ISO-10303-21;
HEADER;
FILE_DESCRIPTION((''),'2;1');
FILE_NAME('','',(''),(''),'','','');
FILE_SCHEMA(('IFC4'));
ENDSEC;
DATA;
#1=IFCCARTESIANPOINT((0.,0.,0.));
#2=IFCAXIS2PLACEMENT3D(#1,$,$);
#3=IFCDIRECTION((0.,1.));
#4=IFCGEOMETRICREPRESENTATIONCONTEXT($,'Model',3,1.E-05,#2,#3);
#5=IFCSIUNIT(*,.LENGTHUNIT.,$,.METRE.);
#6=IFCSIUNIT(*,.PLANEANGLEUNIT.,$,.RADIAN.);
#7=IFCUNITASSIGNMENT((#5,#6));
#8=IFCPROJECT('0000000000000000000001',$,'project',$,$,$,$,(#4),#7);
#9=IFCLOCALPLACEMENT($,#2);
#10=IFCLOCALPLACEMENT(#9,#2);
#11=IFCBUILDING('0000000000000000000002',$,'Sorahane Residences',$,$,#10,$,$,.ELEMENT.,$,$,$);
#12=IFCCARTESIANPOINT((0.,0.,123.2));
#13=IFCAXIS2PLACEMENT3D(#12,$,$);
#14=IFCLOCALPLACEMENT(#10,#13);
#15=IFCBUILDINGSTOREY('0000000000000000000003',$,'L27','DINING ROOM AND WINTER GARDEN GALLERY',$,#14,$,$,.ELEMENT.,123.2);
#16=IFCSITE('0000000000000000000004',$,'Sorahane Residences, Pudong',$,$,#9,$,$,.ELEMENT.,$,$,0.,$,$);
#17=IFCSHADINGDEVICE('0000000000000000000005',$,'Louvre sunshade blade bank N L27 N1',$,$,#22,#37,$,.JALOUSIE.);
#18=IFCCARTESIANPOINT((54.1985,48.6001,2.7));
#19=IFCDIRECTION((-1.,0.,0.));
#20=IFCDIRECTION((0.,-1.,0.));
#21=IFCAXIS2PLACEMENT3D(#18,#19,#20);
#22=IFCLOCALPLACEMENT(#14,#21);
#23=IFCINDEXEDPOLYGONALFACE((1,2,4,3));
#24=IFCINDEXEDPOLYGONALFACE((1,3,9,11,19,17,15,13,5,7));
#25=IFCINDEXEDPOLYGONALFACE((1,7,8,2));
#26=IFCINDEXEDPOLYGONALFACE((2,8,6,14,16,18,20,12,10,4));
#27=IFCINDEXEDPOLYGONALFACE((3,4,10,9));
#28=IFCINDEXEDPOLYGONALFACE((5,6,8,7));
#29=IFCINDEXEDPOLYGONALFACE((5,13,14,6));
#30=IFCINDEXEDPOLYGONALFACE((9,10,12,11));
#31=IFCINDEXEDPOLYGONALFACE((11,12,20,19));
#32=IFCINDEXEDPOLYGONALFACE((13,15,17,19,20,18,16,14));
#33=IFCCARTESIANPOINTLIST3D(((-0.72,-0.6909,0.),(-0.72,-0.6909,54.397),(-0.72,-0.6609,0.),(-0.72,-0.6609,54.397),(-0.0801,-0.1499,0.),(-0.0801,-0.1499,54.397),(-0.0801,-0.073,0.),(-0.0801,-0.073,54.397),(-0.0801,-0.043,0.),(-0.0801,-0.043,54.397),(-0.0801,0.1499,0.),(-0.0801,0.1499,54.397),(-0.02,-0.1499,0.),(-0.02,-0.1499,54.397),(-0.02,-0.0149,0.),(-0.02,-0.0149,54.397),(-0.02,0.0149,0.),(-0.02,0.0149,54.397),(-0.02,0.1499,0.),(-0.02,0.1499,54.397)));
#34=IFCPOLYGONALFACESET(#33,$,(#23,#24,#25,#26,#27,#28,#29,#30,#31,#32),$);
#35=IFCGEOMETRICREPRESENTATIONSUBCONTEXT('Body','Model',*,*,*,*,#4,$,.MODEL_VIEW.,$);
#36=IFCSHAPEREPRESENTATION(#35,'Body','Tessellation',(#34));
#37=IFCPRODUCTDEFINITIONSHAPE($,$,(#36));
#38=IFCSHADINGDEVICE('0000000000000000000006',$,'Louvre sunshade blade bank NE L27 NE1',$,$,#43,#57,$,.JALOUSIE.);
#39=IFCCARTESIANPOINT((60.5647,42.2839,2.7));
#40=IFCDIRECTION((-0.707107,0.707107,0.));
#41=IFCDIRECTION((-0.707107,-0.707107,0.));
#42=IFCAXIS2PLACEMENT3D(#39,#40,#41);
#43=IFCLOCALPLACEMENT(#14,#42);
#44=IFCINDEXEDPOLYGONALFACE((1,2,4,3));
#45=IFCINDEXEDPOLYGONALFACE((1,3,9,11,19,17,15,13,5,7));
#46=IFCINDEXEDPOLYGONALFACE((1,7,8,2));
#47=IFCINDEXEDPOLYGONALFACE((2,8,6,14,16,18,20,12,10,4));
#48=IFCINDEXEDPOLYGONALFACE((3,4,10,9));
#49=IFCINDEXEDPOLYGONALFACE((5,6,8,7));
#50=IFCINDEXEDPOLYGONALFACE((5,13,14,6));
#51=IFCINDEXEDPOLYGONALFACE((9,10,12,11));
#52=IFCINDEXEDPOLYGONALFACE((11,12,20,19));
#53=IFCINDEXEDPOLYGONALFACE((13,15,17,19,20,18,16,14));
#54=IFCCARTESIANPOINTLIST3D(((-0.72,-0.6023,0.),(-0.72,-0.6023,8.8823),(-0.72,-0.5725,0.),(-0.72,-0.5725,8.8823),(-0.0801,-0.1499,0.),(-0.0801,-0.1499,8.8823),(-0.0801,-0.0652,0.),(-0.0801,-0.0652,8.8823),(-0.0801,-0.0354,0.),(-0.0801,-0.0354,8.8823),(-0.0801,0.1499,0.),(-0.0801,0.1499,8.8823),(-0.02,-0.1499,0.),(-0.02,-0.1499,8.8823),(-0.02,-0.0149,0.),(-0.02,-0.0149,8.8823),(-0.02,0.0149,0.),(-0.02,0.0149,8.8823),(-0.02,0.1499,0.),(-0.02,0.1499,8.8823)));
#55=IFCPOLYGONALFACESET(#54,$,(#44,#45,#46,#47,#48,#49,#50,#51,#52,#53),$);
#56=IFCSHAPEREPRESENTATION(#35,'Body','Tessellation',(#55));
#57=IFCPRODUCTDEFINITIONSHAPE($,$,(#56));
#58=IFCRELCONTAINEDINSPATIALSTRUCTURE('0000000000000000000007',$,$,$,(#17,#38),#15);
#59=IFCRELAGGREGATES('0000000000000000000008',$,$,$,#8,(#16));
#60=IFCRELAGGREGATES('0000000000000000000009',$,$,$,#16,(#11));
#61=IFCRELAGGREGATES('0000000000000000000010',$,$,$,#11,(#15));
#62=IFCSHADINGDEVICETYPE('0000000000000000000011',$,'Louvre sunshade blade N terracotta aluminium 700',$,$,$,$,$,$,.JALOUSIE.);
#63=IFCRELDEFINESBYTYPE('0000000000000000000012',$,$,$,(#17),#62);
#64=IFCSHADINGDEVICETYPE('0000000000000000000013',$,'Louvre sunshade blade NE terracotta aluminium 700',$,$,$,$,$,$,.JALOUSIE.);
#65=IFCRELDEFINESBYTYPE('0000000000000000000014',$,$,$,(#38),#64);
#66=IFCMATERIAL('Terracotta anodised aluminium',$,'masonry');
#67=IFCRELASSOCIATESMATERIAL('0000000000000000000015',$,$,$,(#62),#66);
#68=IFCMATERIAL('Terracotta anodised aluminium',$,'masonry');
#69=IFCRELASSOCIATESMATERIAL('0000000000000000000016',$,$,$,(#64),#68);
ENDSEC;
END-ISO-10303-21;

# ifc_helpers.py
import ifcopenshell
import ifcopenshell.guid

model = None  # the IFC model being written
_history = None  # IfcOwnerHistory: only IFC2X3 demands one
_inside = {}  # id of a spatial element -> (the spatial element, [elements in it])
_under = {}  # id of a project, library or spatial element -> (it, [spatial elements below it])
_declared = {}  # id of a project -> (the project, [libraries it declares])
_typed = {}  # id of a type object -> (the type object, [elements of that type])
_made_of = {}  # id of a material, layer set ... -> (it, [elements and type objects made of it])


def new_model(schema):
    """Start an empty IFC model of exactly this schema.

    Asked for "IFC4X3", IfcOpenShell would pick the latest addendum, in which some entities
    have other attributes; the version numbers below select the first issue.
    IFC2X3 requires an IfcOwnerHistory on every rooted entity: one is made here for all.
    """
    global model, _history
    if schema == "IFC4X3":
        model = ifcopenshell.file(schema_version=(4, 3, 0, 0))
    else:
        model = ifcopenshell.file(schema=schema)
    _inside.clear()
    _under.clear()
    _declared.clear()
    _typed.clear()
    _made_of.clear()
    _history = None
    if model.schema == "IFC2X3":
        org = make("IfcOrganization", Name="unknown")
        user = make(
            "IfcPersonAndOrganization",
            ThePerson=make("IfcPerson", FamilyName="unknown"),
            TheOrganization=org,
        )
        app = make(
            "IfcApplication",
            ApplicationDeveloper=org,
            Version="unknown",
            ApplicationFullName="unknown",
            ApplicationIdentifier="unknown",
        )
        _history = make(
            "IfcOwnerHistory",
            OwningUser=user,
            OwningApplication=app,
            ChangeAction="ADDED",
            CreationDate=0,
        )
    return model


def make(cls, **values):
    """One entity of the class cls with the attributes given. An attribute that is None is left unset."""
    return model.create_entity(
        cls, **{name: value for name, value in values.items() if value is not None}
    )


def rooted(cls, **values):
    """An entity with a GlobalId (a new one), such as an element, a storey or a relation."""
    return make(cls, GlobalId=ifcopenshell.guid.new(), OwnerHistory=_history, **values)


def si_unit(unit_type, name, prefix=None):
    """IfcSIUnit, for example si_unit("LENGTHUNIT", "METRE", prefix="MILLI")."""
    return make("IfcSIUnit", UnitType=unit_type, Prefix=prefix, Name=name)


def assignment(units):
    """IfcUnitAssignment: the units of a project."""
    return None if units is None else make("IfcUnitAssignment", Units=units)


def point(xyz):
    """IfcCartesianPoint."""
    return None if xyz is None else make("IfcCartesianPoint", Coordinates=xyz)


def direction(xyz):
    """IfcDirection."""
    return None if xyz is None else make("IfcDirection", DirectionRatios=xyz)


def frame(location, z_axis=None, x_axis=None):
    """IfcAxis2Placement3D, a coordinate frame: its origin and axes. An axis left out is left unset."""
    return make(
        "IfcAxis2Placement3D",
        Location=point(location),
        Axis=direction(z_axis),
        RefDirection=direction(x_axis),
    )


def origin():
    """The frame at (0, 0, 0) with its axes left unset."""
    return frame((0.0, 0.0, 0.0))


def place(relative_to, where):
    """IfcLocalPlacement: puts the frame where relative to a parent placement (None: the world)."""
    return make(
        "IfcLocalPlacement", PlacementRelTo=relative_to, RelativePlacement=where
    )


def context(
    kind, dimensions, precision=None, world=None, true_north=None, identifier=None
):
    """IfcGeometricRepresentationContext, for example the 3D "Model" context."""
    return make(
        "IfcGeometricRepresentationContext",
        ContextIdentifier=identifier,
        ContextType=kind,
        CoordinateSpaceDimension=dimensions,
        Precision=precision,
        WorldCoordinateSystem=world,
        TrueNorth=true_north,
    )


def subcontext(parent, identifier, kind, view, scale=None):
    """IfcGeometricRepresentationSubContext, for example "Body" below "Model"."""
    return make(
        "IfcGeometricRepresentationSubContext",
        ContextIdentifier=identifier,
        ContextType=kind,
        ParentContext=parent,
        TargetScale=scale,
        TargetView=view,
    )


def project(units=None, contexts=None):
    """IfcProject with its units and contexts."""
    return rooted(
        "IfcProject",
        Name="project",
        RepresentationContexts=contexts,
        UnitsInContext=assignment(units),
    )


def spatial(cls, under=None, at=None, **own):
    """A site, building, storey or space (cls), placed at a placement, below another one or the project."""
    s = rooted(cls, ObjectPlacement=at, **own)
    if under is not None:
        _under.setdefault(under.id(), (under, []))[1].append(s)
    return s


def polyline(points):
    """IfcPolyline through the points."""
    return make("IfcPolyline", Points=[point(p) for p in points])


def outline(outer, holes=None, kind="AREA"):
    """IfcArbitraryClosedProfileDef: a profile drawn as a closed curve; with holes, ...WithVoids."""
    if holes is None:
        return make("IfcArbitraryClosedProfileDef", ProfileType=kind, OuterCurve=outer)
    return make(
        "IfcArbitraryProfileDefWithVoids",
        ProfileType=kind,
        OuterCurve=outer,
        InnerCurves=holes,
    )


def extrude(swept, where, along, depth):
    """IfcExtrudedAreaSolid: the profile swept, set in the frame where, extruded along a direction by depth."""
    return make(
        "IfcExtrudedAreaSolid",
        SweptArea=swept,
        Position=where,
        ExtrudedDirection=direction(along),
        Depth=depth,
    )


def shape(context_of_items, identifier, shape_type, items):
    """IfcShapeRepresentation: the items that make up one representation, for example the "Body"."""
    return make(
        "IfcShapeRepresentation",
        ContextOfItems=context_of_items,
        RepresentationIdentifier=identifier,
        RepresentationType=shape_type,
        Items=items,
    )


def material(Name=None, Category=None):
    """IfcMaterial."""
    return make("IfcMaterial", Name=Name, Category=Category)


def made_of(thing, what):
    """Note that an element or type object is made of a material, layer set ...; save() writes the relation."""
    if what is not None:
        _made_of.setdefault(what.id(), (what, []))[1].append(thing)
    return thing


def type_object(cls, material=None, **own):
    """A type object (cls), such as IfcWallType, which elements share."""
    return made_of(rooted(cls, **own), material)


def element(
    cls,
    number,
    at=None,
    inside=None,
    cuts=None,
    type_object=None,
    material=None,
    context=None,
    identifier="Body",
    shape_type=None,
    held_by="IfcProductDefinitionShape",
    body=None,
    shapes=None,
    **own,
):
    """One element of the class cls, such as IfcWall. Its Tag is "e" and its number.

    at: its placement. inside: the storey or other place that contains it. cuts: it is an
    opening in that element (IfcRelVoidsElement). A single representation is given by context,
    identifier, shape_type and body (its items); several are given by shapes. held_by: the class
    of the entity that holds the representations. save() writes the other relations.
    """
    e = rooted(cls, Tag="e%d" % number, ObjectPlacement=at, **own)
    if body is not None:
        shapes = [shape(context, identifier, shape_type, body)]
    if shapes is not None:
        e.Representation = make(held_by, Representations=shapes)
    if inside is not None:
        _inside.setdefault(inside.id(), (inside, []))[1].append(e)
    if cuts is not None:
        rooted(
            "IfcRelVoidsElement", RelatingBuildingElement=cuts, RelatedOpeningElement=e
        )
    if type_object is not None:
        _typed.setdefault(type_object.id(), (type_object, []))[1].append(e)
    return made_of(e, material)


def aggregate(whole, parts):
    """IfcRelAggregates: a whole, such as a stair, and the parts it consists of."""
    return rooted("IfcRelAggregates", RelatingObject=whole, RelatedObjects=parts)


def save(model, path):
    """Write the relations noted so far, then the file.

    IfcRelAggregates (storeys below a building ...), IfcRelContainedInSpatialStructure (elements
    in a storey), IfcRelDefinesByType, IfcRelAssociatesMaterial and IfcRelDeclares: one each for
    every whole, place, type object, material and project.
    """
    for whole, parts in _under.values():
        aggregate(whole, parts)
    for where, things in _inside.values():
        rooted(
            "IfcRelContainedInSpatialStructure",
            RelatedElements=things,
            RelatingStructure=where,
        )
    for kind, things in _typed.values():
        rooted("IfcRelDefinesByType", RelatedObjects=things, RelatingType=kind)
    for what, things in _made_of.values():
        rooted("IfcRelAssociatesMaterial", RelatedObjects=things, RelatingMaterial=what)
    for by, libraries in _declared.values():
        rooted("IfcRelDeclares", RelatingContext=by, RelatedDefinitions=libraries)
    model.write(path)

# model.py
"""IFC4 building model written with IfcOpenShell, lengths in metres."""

from ifc_helpers import new_model, si_unit, direction, frame, origin, place, context, subcontext, project, spatial, polyline, outline, extrude, material, type_object, element, save


model = new_model("IFC4")

# Units and contexts
model_context = context("Model", 3, precision=1e-05, world=origin(), true_north=direction((0.0, 1.0)))
body_context = subcontext(model_context, "Body", "Model", "MODEL_VIEW")
ifc_project = project(units=[si_unit("LENGTHUNIT", "METRE"), si_unit("PLANEANGLEUNIT", "RADIAN")], contexts=[model_context])

# Site, building, storey
site_placement = place(None, origin())
site = spatial("IfcSite", under=ifc_project, at=site_placement, Name="Sorahane Residences, Pudong", CompositionType="ELEMENT", RefElevation=0.0)
building_placement = place(site_placement, origin())
building = spatial("IfcBuilding", under=site, at=building_placement, Name="Sorahane Residences", CompositionType="ELEMENT")
storey_placement = place(building_placement, frame((0.0, 0.0, 123.2)))
storey = spatial("IfcBuildingStorey", under=building, at=storey_placement, Name="L27", Description="DINING ROOM AND WINTER GARDEN GALLERY", CompositionType="ELEMENT", Elevation=123.2)

# Shading devices
ifc_material_1 = material(Name="Terracotta anodised aluminium", Category="masonry")
shading_device_type_1 = type_object("IfcShadingDeviceType", Name="Louvre sunshade blade N terracotta aluminium 700", PredefinedType="JALOUSIE", material=ifc_material_1)
shading_device_1_placement = place(storey_placement, frame((54.1985, 48.6001, 2.7), z_axis=(-1.0, 0.0, 0.0), x_axis=(0.0, -1.0, 0.0)))
element("IfcShadingDevice", 1, at=shading_device_1_placement, inside=storey, type_object=shading_device_type_1, Name="Louvre sunshade blade bank N L27 N1", PredefinedType="JALOUSIE", context=body_context, shape_type="SweptSolid", body=[
    extrude(outline(polyline([(-0.72, -0.6609), (-0.72, -0.6909), (-0.0801, -0.073), (-0.0801, -0.1499), (-0.02, -0.1499), (-0.02, -0.0149), (-0.02, 0.0149), (-0.02, 0.1499), (-0.0801, 0.1499), (-0.0801, -0.043), (-0.72, -0.6609)])), origin(), (0.0, 0.0, 1.0), 54.397),
])
ifc_material_2 = material(Name="Terracotta anodised aluminium", Category="masonry")
shading_device_type_2 = type_object("IfcShadingDeviceType", Name="Louvre sunshade blade NE terracotta aluminium 700", PredefinedType="JALOUSIE", material=ifc_material_2)
shading_device_2_placement = place(storey_placement, frame((60.5647, 42.2839, 2.7), z_axis=(-0.707107, 0.707107, 0.0), x_axis=(-0.707107, -0.707107, 0.0)))
element("IfcShadingDevice", 2, at=shading_device_2_placement, inside=storey, type_object=shading_device_type_2, Name="Louvre sunshade blade bank NE L27 NE1", PredefinedType="JALOUSIE", context=body_context, shape_type="SweptSolid", body=[
    extrude(outline(polyline([(-0.72, -0.5725), (-0.72, -0.6023), (-0.0801, -0.0652), (-0.0801, -0.1499), (-0.02, -0.1499), (-0.02, -0.0149), (-0.02, 0.0149), (-0.02, 0.1499), (-0.0801, 0.1499), (-0.0801, -0.0354), (-0.72, -0.5725)])), origin(), (0.0, 0.0, 1.0), 8.8823),
])

save(model, "model.ifc")
